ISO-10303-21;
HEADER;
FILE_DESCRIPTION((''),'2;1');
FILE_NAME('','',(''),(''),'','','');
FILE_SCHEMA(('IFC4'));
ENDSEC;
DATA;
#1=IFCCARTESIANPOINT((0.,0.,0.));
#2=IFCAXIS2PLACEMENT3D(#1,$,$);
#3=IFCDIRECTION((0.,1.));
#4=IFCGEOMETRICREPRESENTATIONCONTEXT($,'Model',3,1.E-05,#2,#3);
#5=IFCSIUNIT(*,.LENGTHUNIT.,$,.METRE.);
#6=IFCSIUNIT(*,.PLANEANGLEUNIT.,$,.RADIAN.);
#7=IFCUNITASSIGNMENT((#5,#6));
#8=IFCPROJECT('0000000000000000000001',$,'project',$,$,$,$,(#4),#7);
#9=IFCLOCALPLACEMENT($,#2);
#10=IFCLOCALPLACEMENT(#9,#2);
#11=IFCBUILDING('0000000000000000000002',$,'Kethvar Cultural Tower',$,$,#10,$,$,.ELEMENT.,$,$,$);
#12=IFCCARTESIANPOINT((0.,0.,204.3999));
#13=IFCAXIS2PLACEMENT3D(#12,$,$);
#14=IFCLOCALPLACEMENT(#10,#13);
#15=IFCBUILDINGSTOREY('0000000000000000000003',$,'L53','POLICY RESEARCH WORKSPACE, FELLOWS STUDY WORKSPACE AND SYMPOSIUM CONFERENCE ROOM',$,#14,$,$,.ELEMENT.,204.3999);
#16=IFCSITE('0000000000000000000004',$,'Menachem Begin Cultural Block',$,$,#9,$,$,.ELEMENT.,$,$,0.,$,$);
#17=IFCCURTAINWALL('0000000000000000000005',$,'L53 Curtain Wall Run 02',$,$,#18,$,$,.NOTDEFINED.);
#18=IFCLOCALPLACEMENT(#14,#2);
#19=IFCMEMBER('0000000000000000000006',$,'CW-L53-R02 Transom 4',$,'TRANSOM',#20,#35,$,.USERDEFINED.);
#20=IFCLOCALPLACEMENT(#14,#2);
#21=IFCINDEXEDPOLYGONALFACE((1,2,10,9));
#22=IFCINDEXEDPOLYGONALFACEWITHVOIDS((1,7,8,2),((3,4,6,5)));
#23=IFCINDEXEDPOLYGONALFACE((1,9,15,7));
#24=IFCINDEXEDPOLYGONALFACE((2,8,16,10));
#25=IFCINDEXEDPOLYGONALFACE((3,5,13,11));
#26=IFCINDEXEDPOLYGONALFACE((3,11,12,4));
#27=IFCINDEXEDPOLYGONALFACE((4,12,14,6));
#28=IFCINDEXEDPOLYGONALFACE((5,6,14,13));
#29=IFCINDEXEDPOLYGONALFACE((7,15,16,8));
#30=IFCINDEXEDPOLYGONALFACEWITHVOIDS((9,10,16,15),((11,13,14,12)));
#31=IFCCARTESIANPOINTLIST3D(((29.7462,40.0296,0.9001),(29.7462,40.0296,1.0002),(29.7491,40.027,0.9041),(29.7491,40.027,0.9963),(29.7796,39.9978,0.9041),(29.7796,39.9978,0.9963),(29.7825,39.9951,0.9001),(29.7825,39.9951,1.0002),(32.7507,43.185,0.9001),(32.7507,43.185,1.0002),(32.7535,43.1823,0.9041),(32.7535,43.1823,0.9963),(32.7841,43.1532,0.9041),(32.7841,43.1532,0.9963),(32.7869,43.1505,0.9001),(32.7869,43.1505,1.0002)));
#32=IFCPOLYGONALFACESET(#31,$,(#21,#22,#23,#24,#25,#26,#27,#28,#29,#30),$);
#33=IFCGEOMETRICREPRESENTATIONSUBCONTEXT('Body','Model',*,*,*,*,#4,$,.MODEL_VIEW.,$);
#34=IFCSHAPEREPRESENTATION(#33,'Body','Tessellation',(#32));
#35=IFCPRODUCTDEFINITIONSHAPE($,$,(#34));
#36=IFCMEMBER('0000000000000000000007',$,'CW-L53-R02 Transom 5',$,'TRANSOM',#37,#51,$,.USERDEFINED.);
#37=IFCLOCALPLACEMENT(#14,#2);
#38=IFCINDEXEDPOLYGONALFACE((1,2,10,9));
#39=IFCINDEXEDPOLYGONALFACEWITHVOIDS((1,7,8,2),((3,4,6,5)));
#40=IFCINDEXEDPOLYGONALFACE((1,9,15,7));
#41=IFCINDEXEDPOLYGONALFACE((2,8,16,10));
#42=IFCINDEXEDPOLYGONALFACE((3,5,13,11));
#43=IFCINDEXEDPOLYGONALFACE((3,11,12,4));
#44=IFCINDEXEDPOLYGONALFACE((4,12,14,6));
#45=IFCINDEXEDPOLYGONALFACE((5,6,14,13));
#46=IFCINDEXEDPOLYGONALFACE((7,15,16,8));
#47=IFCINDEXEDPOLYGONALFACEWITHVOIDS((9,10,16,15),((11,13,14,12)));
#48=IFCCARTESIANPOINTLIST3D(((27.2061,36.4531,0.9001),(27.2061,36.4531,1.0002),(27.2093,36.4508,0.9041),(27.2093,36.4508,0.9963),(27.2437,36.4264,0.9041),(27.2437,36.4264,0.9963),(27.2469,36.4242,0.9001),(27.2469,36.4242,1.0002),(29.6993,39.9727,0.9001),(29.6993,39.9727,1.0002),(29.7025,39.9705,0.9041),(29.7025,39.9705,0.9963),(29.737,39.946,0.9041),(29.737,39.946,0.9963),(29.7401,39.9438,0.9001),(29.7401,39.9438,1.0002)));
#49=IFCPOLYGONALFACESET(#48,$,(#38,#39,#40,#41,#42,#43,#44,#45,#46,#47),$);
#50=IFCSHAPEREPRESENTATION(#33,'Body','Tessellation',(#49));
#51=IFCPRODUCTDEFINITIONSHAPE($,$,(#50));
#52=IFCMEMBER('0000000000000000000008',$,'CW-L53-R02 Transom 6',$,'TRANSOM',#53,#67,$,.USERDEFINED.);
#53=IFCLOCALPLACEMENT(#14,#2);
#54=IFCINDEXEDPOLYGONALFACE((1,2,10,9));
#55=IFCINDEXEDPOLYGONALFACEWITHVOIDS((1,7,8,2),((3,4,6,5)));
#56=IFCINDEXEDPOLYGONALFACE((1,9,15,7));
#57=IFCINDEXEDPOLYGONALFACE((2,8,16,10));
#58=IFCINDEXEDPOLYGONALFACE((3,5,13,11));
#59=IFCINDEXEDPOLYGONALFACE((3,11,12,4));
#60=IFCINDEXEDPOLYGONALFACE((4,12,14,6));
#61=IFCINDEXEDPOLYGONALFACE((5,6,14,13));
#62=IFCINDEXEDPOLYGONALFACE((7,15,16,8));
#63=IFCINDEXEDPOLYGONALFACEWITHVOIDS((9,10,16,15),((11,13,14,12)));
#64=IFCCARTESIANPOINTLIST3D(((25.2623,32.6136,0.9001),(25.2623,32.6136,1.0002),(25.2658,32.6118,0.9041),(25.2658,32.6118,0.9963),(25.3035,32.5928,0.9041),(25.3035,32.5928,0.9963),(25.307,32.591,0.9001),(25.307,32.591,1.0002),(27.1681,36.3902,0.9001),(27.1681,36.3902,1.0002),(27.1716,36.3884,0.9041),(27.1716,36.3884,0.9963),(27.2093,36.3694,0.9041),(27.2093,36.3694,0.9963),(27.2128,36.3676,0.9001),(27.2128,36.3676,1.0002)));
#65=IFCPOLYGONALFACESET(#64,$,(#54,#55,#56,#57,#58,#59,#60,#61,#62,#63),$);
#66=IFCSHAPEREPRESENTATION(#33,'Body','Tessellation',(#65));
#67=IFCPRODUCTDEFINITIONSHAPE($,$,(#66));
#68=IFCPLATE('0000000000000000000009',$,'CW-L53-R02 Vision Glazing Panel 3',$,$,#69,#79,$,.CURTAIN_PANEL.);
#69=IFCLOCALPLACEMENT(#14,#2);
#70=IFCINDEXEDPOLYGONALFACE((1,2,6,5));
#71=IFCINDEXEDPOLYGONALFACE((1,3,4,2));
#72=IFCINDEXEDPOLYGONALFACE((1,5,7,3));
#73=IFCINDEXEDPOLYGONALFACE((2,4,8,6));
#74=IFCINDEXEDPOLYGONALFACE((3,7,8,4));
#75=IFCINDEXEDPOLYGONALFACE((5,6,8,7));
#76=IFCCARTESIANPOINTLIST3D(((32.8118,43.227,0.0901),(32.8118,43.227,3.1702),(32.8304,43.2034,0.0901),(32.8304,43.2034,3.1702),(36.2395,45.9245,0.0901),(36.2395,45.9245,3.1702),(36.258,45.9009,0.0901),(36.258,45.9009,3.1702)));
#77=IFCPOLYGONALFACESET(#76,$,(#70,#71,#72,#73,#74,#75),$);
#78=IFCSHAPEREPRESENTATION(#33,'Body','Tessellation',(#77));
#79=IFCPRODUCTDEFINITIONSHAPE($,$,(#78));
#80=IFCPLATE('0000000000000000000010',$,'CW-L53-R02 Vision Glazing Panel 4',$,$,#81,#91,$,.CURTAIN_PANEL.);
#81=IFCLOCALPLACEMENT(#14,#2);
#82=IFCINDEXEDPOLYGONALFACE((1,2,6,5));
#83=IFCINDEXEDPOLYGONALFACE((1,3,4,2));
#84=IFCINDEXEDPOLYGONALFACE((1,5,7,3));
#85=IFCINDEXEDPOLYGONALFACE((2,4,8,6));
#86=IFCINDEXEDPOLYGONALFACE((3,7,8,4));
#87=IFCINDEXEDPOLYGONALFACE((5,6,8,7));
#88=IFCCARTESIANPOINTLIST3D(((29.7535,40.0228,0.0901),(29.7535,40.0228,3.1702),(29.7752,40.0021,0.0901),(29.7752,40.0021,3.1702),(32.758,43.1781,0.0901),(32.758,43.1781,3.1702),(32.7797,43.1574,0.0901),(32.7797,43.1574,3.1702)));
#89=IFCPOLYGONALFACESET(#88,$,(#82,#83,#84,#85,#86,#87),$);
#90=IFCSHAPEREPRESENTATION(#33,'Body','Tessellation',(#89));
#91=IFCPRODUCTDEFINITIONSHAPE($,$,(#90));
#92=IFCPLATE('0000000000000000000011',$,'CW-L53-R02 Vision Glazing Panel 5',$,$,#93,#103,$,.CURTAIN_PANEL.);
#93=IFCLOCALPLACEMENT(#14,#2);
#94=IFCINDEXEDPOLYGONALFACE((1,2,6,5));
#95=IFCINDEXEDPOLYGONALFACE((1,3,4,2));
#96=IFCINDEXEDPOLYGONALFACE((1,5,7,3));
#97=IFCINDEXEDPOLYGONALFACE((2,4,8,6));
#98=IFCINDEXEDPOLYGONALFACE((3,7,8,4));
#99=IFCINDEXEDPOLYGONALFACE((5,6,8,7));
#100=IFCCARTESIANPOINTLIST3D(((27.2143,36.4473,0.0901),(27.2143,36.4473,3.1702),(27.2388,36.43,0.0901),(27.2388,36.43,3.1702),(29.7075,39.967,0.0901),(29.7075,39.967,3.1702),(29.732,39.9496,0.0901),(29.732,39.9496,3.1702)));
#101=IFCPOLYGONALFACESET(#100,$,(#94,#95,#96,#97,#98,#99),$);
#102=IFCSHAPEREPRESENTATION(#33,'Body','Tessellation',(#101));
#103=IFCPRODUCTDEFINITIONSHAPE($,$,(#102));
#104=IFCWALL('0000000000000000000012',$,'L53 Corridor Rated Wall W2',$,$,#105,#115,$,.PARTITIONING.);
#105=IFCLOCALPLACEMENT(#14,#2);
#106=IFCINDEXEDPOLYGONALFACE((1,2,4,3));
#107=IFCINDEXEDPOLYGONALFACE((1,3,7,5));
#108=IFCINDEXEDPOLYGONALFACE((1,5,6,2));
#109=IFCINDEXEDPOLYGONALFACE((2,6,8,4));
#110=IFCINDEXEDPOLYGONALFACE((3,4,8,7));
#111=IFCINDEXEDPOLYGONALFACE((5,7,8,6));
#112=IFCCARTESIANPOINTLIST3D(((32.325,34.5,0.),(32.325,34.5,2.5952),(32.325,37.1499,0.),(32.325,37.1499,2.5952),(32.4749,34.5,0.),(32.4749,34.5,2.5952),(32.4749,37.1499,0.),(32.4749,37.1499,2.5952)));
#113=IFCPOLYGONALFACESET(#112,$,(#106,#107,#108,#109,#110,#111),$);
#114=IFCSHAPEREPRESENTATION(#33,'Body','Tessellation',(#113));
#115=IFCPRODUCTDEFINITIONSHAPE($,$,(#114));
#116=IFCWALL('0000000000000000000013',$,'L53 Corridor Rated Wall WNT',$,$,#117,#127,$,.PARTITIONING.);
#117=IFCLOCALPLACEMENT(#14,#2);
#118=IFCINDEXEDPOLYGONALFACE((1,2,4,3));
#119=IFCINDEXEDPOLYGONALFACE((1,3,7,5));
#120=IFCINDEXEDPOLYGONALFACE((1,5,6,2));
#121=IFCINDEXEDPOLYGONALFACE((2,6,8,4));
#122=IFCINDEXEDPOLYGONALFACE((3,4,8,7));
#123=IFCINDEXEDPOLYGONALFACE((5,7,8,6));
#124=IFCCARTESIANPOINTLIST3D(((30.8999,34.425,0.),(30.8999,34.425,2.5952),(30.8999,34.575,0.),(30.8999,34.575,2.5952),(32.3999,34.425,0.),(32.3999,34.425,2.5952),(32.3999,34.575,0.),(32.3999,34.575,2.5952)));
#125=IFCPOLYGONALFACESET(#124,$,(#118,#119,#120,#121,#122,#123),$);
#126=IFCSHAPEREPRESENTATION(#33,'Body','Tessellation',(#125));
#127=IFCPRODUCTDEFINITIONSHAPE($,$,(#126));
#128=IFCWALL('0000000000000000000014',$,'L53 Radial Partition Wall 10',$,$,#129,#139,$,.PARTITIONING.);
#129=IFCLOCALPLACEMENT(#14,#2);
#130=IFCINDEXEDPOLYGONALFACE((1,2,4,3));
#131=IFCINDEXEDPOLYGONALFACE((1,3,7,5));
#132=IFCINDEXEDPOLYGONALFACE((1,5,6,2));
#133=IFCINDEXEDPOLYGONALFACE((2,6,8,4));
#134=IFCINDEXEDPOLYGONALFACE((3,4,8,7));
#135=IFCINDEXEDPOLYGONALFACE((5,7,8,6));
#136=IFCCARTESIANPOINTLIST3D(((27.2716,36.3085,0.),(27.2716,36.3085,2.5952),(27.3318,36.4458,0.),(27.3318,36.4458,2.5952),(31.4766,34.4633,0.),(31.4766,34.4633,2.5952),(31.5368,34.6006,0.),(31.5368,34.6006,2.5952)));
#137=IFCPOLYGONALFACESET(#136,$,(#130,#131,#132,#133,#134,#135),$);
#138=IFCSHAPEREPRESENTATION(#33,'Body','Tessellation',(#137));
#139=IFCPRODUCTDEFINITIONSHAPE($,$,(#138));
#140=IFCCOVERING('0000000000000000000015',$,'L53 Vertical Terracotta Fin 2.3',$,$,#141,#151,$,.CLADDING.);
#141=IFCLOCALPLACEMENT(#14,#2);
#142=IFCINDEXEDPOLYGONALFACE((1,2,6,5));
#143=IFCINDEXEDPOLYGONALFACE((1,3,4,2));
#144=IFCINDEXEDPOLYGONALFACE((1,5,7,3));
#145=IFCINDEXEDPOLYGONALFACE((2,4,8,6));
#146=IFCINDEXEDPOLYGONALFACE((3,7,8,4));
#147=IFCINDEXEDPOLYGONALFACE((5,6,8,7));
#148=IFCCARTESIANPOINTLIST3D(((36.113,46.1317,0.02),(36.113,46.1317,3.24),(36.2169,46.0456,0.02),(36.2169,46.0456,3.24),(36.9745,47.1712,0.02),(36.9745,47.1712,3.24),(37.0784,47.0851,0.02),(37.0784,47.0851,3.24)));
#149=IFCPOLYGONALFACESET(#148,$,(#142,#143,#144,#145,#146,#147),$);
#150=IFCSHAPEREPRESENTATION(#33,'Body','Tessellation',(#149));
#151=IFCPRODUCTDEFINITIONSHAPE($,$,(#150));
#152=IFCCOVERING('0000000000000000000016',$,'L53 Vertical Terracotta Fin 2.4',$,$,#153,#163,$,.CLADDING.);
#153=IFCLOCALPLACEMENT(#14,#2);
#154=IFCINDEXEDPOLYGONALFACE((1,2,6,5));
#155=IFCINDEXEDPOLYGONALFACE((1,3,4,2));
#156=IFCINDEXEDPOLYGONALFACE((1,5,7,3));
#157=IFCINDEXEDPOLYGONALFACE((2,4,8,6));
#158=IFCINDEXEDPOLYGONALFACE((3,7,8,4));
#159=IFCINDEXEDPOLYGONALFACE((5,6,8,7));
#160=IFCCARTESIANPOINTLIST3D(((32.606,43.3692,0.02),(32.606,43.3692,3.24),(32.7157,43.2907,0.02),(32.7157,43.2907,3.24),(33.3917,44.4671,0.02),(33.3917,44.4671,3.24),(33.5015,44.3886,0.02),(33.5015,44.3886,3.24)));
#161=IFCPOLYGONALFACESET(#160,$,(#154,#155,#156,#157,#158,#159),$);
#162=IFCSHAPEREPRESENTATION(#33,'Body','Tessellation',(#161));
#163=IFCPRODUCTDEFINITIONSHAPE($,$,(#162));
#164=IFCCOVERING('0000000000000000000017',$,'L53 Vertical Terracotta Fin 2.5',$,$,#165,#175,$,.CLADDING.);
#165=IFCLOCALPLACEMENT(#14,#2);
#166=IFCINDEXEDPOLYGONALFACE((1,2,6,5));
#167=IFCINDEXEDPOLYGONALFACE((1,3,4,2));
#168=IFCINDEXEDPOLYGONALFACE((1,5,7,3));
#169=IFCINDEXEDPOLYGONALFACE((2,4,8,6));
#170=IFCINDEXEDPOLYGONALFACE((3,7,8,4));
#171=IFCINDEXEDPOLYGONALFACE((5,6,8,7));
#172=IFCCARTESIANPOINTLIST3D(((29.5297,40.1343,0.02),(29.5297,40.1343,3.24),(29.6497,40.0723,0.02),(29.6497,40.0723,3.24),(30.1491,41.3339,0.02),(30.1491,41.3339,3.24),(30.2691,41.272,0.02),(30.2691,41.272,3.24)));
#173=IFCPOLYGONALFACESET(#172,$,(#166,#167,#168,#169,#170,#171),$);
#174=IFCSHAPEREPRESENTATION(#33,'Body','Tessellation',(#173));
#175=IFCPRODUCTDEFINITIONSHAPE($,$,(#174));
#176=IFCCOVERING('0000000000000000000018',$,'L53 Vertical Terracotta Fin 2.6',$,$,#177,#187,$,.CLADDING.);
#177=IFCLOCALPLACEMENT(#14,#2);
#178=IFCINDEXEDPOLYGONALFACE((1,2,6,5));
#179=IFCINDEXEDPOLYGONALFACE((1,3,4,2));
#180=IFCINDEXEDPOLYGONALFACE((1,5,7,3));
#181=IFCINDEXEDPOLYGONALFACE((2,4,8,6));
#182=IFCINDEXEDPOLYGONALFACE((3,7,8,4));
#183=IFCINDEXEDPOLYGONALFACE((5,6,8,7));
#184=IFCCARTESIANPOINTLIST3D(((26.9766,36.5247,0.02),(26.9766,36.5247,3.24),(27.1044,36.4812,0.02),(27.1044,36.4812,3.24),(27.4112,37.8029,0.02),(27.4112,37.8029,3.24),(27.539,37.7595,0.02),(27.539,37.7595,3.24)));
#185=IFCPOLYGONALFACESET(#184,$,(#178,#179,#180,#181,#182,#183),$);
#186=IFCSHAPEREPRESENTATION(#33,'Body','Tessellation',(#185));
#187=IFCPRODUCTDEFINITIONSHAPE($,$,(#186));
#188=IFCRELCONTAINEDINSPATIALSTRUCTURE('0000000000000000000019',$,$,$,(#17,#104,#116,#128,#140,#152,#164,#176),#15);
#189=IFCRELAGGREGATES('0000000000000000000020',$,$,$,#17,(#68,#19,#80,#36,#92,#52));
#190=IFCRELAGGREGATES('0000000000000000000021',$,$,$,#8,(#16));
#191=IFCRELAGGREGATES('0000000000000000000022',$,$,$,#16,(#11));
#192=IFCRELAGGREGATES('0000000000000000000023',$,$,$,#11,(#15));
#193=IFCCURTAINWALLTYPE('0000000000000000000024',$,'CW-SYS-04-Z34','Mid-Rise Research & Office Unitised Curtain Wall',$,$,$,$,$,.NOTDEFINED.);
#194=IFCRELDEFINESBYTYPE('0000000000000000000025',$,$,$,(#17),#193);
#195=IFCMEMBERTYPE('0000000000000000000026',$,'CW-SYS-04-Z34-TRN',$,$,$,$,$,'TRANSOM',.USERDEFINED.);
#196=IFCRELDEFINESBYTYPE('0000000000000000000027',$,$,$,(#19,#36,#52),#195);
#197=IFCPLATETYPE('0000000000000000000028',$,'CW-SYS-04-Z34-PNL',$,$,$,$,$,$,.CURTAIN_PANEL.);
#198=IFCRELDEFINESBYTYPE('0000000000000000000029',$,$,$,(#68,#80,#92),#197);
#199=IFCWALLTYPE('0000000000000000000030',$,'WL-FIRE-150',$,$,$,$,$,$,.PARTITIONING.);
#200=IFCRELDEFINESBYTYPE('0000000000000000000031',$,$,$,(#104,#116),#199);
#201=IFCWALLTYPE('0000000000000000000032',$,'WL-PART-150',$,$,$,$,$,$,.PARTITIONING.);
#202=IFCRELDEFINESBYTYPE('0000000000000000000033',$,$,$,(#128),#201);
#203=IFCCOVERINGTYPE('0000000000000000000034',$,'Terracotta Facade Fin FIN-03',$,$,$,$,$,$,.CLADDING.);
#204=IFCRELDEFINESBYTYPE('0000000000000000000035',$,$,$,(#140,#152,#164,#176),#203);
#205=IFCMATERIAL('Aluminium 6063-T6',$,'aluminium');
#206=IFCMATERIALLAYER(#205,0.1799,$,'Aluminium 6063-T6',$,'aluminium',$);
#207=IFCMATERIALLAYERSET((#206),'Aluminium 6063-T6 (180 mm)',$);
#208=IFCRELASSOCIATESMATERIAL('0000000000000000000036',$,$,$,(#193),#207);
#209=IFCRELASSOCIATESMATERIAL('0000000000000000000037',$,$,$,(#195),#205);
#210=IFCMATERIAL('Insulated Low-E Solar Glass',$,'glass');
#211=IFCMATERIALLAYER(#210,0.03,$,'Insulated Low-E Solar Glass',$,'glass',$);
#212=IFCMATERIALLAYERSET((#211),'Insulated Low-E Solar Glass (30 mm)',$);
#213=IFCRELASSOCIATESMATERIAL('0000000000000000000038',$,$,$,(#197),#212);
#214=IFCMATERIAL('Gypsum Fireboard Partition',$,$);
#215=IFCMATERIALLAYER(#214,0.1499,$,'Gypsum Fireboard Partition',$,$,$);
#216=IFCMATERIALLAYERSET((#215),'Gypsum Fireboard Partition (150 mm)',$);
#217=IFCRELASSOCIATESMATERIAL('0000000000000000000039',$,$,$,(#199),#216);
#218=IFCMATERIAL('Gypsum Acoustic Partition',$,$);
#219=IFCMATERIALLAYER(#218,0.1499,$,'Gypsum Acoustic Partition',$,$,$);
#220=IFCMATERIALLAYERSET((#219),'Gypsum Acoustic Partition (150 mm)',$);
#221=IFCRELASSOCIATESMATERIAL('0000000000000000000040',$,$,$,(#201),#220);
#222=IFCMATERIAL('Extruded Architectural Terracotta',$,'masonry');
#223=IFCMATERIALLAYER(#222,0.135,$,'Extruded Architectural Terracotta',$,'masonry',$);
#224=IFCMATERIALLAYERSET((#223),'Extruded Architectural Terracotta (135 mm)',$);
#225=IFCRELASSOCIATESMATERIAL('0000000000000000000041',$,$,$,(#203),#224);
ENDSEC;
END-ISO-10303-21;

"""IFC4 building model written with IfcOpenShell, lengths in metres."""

from ifc_helpers import new_model, si_unit, direction, frame, frame_2d, origin, origin_2d, place, context, subcontext, project, spatial, rectangle, hollow_rectangle, extrude, source, transform, mapped, material, layer, layer_set, material_profile, profile_set, type_object, element, aggregate, save


model = new_model("IFC4")

# Units and contexts
model_context = context("Model", 3, precision=1e-05, world=origin(), true_north=direction((0.0, 1.0)))
body_context = subcontext(model_context, "Body", "Model", "MODEL_VIEW")
ifc_project = project(units=[si_unit("LENGTHUNIT", "METRE"), si_unit("PLANEANGLEUNIT", "RADIAN")], contexts=[model_context])

# Site, building, storey
site_placement = place(None, origin())
site = spatial("IfcSite", under=ifc_project, at=site_placement, Name="Menachem Begin Cultural Block", CompositionType="ELEMENT", RefElevation=0.0)
building_placement = place(site_placement, origin())
building = spatial("IfcBuilding", under=site, at=building_placement, Name="Kethvar Cultural Tower", CompositionType="ELEMENT")
storey_placement = place(building_placement, frame((0.0, 0.0, 204.3999)))
storey = spatial("IfcBuildingStorey", under=building, at=storey_placement, Name="L53", Description="POLICY RESEARCH WORKSPACE, FELLOWS STUDY WORKSPACE AND SYMPOSIUM CONFERENCE ROOM", CompositionType="ELEMENT", Elevation=204.3999)

# Curtain wall, members, plates
ifc_material_1 = material(Name="Aluminium 6063-T6", Category="aluminium")
ifc_layer_1 = layer(ifc_material_1, 0.1799, Name="Aluminium 6063-T6", Category="aluminium")
ifc_layer_set_1 = layer_set([ifc_layer_1], Name="Aluminium 6063-T6 (180 mm)")
curtain_wall_type = type_object("IfcCurtainWallType", Name="CW-SYS-04-Z34", Description="Mid-Rise Research & Office Unitised Curtain Wall", PredefinedType="NOTDEFINED", material=ifc_layer_set_1)
curtain_wall_placement = place(storey_placement, origin())
curtain_wall = element("IfcCurtainWall", 1, at=curtain_wall_placement, inside=storey, type_object=curtain_wall_type, Name="L53 Curtain Wall Run 02", PredefinedType="NOTDEFINED")
ifc_material_profile_1 = material_profile(ifc_material_1, hollow_rectangle(XDim=0.05, YDim=0.1001, WallThickness=0.0039, at=origin_2d()), Name="Aluminium 6063-T6 — RHS100x50x4")
ifc_profile_set_1 = profile_set([ifc_material_profile_1], Name="Aluminium 6063-T6 — RHS100x50x4")
member_type_1 = type_object("IfcMemberType", Name="CW-SYS-04-Z34-TRN", ElementType="TRANSOM", PredefinedType="USERDEFINED", material=ifc_profile_set_1)
shared_shape_1 = source(origin(), body_context, "Body", "SweptSolid", [
    extrude(hollow_rectangle(XDim=0.05, YDim=0.1001, WallThickness=0.0039, at=origin_2d()), origin(), (0.0, 0.0, 1.0), 4.3569),
])
member_1_placement = place(storey_placement, frame((32.7688, 43.1677, 0.9502), z_axis=(-0.68958, -0.72421, 0.0), x_axis=(0.72421, -0.68958, 0.0)))
member_1 = element("IfcMember", 2, at=member_1_placement, type_object=member_type_1, Name="CW-L53-R02 Transom 4", ObjectType="TRANSOM", PredefinedType="USERDEFINED", context=body_context, shape_type="MappedRepresentation", body=[
    mapped(shared_shape_1, transform((0.0, 0.0, 0.0), scale=1.0)),
])
shared_shape_2 = source(origin(), body_context, "Body", "SweptSolid", [
    extrude(hollow_rectangle(XDim=0.05, YDim=0.1001, WallThickness=0.0039, at=origin_2d()), origin(), (0.0, 0.0, 1.0), 4.3132),
])
member_2_placement = place(storey_placement, frame((29.7197, 39.9583, 0.9502), z_axis=(-0.578042, -0.816007, 0.0), x_axis=(0.816007, -0.578042, 0.0)))
member_2 = element("IfcMember", 3, at=member_2_placement, type_object=member_type_1, Name="CW-L53-R02 Transom 5", ObjectType="TRANSOM", PredefinedType="USERDEFINED", context=body_context, shape_type="MappedRepresentation", body=[
    mapped(shared_shape_2, transform((0.0, 0.0, 0.0), scale=1.0)),
])
shared_shape_3 = source(origin(), body_context, "Body", "SweptSolid", [
    extrude(hollow_rectangle(XDim=0.05, YDim=0.1001, WallThickness=0.0039, at=origin_2d()), origin(), (0.0, 0.0, 1.0), 4.2302),
])
member_3_placement = place(storey_placement, frame((27.1904, 36.3789, 0.9502), z_axis=(-0.450512, -0.89277, 0.0), x_axis=(0.89277, -0.450512, 0.0)))
member_3 = element("IfcMember", 4, at=member_3_placement, type_object=member_type_1, Name="CW-L53-R02 Transom 6", ObjectType="TRANSOM", PredefinedType="USERDEFINED", context=body_context, shape_type="MappedRepresentation", body=[
    mapped(shared_shape_3, transform((0.0, 0.0, 0.0), scale=1.0)),
])
ifc_material_2 = material(Name="Insulated Low-E Solar Glass", Category="glass")
ifc_layer_2 = layer(ifc_material_2, 0.03, Name="Insulated Low-E Solar Glass", Category="glass")
ifc_layer_set_2 = layer_set([ifc_layer_2], Name="Insulated Low-E Solar Glass (30 mm)")
plate_type = type_object("IfcPlateType", Name="CW-SYS-04-Z34-PNL", PredefinedType="CURTAIN_PANEL", material=ifc_layer_set_2)
shared_shape_4 = source(origin(), body_context, "Body", "SweptSolid", [
    extrude(rectangle(XDim=4.3618, YDim=0.03, at=origin_2d()), origin(), (0.0, 0.0, 1.0), 3.0801),
])
plate_1_placement = place(storey_placement, frame((34.5349, 44.564, 0.0901), z_axis=(0.0, 0.0, 1.0), x_axis=(-0.785835, -0.618436, 0.0)))
plate_1 = element("IfcPlate", 5, at=plate_1_placement, type_object=plate_type, Name="CW-L53-R02 Vision Glazing Panel 3", PredefinedType="CURTAIN_PANEL", context=body_context, shape_type="MappedRepresentation", body=[
    mapped(shared_shape_4, transform((0.0, 0.0, 0.0), scale=1.0)),
])
shared_shape_5 = source(origin(), body_context, "Body", "SweptSolid", [
    extrude(rectangle(XDim=4.3569, YDim=0.03, at=origin_2d()), origin(), (0.0, 0.0, 1.0), 3.0801),
])
plate_2_placement = place(storey_placement, frame((31.2666, 41.5901, 0.0901), z_axis=(0.0, 0.0, 1.0), x_axis=(-0.689582, -0.724208, 0.0)))
plate_2 = element("IfcPlate", 6, at=plate_2_placement, type_object=plate_type, Name="CW-L53-R02 Vision Glazing Panel 4", PredefinedType="CURTAIN_PANEL", context=body_context, shape_type="MappedRepresentation", body=[
    mapped(shared_shape_5, transform((0.0, 0.0, 0.0), scale=1.0)),
])
shared_shape_6 = source(origin(), body_context, "Body", "SweptSolid", [
    extrude(rectangle(XDim=4.3132, YDim=0.03, at=origin_2d()), origin(), (0.0, 0.0, 1.0), 3.0801),
])
plate_3_placement = place(storey_placement, frame((28.4731, 38.1985, 0.0901), z_axis=(0.0, 0.0, 1.0), x_axis=(-0.578029, -0.816017, 0.0)))
plate_3 = element("IfcPlate", 7, at=plate_3_placement, type_object=plate_type, Name="CW-L53-R02 Vision Glazing Panel 5", PredefinedType="CURTAIN_PANEL", context=body_context, shape_type="MappedRepresentation", body=[
    mapped(shared_shape_6, transform((0.0, 0.0, 0.0), scale=1.0)),
])
aggregate(curtain_wall, [plate_1, member_1, plate_2, member_2, plate_3, member_3])

# Walls
ifc_material_3 = material(Name="Gypsum Fireboard Partition")
ifc_layer_3 = layer(ifc_material_3, 0.1499, Name="Gypsum Fireboard Partition")
ifc_layer_set_3 = layer_set([ifc_layer_3], Name="Gypsum Fireboard Partition (150 mm)")
wall_type_1 = type_object("IfcWallType", Name="WL-FIRE-150", PredefinedType="PARTITIONING", material=ifc_layer_set_3)
wall_1_placement = place(storey_placement, frame((32.3999, 37.1499, 0.0), z_axis=(0.0, 0.0, 1.0), x_axis=(0.0, -1.0, 0.0)))
element("IfcWall", 8, at=wall_1_placement, inside=storey, type_object=wall_type_1, Name="L53 Corridor Rated Wall W2", PredefinedType="PARTITIONING", context=body_context, shape_type="SweptSolid", body=[
    extrude(rectangle(XDim=2.6499, YDim=0.1499, at=frame_2d((1.325, 0.0))), origin(), (0.0, 0.0, 1.0), 2.5952),
])
wall_2_placement = place(storey_placement, frame((32.3999, 34.5, 0.0), z_axis=(0.0, 0.0, 1.0), x_axis=(-1.0, 0.0, 0.0)))
element("IfcWall", 9, at=wall_2_placement, inside=storey, type_object=wall_type_1, Name="L53 Corridor Rated Wall WNT", PredefinedType="PARTITIONING", context=body_context, shape_type="SweptSolid", body=[
    extrude(rectangle(XDim=1.5, YDim=0.1499, at=frame_2d((0.75, 0.0))), origin(), (0.0, 0.0, 1.0), 2.5952),
])
ifc_material_4 = material(Name="Gypsum Acoustic Partition")
ifc_layer_4 = layer(ifc_material_4, 0.1499, Name="Gypsum Acoustic Partition")
ifc_layer_set_4 = layer_set([ifc_layer_4], Name="Gypsum Acoustic Partition (150 mm)")
wall_type_2 = type_object("IfcWallType", Name="WL-PART-150", PredefinedType="PARTITIONING", material=ifc_layer_set_4)
wall_3_placement = place(storey_placement, frame((31.5066, 34.532, 0.0), z_axis=(0.0, 0.0, 1.0), x_axis=(-0.915718, 0.401823, 0.0)))
element("IfcWall", 10, at=wall_3_placement, inside=storey, type_object=wall_type_2, Name="L53 Radial Partition Wall 10", PredefinedType="PARTITIONING", context=body_context, shape_type="SweptSolid", body=[
    extrude(rectangle(XDim=4.592, YDim=0.1499, at=frame_2d((2.2959, 0.0))), origin(), (0.0, 0.0, 1.0), 2.5952),
])

# Coverings
ifc_material_5 = material(Name="Extruded Architectural Terracotta", Category="masonry")
ifc_layer_5 = layer(ifc_material_5, 0.135, Name="Extruded Architectural Terracotta", Category="masonry")
ifc_layer_set_5 = layer_set([ifc_layer_5], Name="Extruded Architectural Terracotta (135 mm)")
covering_type = type_object("IfcCoveringType", Name="Terracotta Facade Fin FIN-03", PredefinedType="CLADDING", material=ifc_layer_set_5)
shared_shape_7 = source(origin(), body_context, "Body", "SweptSolid", [
    extrude(rectangle(XDim=1.3501, YDim=0.135, at=origin_2d()), origin(), (0.0, 0.0, 1.0), 3.22),
])
for number, where, z_axis, x_axis, name in (
    (11, (36.5957, 46.6084, 0.02), (0.0, 0.0, 1.0), (0.638096, 0.769957, 0.0), "L53 Vertical Terracotta Fin 2.3"),
    (12, (33.0537, 43.8789, 0.02), (0.0, 0.0, 1.0), (0.581981, 0.813202, 0.0), "L53 Vertical Terracotta Fin 2.4"),
    (13, (29.8994, 40.7031, 0.02), (0.0, 0.0, 1.0), (0.458805, 0.888537, 0.0), "L53 Vertical Terracotta Fin 2.5"),
    (14, (27.2578, 37.1421, 0.02), (0.0, 0.0, 1.0), (0.321935, 0.946762, 0.0), "L53 Vertical Terracotta Fin 2.6"),
):
    element("IfcCovering", number, at=place(storey_placement, frame(where, z_axis=z_axis, x_axis=x_axis)), inside=storey, type_object=covering_type, Name=name, PredefinedType="CLADDING", context=body_context, shape_type="MappedRepresentation", body=[
        mapped(shared_shape_7, transform((0.0, 0.0, 0.0), scale=1.0)),
    ])

save(model, "model.ifc")
